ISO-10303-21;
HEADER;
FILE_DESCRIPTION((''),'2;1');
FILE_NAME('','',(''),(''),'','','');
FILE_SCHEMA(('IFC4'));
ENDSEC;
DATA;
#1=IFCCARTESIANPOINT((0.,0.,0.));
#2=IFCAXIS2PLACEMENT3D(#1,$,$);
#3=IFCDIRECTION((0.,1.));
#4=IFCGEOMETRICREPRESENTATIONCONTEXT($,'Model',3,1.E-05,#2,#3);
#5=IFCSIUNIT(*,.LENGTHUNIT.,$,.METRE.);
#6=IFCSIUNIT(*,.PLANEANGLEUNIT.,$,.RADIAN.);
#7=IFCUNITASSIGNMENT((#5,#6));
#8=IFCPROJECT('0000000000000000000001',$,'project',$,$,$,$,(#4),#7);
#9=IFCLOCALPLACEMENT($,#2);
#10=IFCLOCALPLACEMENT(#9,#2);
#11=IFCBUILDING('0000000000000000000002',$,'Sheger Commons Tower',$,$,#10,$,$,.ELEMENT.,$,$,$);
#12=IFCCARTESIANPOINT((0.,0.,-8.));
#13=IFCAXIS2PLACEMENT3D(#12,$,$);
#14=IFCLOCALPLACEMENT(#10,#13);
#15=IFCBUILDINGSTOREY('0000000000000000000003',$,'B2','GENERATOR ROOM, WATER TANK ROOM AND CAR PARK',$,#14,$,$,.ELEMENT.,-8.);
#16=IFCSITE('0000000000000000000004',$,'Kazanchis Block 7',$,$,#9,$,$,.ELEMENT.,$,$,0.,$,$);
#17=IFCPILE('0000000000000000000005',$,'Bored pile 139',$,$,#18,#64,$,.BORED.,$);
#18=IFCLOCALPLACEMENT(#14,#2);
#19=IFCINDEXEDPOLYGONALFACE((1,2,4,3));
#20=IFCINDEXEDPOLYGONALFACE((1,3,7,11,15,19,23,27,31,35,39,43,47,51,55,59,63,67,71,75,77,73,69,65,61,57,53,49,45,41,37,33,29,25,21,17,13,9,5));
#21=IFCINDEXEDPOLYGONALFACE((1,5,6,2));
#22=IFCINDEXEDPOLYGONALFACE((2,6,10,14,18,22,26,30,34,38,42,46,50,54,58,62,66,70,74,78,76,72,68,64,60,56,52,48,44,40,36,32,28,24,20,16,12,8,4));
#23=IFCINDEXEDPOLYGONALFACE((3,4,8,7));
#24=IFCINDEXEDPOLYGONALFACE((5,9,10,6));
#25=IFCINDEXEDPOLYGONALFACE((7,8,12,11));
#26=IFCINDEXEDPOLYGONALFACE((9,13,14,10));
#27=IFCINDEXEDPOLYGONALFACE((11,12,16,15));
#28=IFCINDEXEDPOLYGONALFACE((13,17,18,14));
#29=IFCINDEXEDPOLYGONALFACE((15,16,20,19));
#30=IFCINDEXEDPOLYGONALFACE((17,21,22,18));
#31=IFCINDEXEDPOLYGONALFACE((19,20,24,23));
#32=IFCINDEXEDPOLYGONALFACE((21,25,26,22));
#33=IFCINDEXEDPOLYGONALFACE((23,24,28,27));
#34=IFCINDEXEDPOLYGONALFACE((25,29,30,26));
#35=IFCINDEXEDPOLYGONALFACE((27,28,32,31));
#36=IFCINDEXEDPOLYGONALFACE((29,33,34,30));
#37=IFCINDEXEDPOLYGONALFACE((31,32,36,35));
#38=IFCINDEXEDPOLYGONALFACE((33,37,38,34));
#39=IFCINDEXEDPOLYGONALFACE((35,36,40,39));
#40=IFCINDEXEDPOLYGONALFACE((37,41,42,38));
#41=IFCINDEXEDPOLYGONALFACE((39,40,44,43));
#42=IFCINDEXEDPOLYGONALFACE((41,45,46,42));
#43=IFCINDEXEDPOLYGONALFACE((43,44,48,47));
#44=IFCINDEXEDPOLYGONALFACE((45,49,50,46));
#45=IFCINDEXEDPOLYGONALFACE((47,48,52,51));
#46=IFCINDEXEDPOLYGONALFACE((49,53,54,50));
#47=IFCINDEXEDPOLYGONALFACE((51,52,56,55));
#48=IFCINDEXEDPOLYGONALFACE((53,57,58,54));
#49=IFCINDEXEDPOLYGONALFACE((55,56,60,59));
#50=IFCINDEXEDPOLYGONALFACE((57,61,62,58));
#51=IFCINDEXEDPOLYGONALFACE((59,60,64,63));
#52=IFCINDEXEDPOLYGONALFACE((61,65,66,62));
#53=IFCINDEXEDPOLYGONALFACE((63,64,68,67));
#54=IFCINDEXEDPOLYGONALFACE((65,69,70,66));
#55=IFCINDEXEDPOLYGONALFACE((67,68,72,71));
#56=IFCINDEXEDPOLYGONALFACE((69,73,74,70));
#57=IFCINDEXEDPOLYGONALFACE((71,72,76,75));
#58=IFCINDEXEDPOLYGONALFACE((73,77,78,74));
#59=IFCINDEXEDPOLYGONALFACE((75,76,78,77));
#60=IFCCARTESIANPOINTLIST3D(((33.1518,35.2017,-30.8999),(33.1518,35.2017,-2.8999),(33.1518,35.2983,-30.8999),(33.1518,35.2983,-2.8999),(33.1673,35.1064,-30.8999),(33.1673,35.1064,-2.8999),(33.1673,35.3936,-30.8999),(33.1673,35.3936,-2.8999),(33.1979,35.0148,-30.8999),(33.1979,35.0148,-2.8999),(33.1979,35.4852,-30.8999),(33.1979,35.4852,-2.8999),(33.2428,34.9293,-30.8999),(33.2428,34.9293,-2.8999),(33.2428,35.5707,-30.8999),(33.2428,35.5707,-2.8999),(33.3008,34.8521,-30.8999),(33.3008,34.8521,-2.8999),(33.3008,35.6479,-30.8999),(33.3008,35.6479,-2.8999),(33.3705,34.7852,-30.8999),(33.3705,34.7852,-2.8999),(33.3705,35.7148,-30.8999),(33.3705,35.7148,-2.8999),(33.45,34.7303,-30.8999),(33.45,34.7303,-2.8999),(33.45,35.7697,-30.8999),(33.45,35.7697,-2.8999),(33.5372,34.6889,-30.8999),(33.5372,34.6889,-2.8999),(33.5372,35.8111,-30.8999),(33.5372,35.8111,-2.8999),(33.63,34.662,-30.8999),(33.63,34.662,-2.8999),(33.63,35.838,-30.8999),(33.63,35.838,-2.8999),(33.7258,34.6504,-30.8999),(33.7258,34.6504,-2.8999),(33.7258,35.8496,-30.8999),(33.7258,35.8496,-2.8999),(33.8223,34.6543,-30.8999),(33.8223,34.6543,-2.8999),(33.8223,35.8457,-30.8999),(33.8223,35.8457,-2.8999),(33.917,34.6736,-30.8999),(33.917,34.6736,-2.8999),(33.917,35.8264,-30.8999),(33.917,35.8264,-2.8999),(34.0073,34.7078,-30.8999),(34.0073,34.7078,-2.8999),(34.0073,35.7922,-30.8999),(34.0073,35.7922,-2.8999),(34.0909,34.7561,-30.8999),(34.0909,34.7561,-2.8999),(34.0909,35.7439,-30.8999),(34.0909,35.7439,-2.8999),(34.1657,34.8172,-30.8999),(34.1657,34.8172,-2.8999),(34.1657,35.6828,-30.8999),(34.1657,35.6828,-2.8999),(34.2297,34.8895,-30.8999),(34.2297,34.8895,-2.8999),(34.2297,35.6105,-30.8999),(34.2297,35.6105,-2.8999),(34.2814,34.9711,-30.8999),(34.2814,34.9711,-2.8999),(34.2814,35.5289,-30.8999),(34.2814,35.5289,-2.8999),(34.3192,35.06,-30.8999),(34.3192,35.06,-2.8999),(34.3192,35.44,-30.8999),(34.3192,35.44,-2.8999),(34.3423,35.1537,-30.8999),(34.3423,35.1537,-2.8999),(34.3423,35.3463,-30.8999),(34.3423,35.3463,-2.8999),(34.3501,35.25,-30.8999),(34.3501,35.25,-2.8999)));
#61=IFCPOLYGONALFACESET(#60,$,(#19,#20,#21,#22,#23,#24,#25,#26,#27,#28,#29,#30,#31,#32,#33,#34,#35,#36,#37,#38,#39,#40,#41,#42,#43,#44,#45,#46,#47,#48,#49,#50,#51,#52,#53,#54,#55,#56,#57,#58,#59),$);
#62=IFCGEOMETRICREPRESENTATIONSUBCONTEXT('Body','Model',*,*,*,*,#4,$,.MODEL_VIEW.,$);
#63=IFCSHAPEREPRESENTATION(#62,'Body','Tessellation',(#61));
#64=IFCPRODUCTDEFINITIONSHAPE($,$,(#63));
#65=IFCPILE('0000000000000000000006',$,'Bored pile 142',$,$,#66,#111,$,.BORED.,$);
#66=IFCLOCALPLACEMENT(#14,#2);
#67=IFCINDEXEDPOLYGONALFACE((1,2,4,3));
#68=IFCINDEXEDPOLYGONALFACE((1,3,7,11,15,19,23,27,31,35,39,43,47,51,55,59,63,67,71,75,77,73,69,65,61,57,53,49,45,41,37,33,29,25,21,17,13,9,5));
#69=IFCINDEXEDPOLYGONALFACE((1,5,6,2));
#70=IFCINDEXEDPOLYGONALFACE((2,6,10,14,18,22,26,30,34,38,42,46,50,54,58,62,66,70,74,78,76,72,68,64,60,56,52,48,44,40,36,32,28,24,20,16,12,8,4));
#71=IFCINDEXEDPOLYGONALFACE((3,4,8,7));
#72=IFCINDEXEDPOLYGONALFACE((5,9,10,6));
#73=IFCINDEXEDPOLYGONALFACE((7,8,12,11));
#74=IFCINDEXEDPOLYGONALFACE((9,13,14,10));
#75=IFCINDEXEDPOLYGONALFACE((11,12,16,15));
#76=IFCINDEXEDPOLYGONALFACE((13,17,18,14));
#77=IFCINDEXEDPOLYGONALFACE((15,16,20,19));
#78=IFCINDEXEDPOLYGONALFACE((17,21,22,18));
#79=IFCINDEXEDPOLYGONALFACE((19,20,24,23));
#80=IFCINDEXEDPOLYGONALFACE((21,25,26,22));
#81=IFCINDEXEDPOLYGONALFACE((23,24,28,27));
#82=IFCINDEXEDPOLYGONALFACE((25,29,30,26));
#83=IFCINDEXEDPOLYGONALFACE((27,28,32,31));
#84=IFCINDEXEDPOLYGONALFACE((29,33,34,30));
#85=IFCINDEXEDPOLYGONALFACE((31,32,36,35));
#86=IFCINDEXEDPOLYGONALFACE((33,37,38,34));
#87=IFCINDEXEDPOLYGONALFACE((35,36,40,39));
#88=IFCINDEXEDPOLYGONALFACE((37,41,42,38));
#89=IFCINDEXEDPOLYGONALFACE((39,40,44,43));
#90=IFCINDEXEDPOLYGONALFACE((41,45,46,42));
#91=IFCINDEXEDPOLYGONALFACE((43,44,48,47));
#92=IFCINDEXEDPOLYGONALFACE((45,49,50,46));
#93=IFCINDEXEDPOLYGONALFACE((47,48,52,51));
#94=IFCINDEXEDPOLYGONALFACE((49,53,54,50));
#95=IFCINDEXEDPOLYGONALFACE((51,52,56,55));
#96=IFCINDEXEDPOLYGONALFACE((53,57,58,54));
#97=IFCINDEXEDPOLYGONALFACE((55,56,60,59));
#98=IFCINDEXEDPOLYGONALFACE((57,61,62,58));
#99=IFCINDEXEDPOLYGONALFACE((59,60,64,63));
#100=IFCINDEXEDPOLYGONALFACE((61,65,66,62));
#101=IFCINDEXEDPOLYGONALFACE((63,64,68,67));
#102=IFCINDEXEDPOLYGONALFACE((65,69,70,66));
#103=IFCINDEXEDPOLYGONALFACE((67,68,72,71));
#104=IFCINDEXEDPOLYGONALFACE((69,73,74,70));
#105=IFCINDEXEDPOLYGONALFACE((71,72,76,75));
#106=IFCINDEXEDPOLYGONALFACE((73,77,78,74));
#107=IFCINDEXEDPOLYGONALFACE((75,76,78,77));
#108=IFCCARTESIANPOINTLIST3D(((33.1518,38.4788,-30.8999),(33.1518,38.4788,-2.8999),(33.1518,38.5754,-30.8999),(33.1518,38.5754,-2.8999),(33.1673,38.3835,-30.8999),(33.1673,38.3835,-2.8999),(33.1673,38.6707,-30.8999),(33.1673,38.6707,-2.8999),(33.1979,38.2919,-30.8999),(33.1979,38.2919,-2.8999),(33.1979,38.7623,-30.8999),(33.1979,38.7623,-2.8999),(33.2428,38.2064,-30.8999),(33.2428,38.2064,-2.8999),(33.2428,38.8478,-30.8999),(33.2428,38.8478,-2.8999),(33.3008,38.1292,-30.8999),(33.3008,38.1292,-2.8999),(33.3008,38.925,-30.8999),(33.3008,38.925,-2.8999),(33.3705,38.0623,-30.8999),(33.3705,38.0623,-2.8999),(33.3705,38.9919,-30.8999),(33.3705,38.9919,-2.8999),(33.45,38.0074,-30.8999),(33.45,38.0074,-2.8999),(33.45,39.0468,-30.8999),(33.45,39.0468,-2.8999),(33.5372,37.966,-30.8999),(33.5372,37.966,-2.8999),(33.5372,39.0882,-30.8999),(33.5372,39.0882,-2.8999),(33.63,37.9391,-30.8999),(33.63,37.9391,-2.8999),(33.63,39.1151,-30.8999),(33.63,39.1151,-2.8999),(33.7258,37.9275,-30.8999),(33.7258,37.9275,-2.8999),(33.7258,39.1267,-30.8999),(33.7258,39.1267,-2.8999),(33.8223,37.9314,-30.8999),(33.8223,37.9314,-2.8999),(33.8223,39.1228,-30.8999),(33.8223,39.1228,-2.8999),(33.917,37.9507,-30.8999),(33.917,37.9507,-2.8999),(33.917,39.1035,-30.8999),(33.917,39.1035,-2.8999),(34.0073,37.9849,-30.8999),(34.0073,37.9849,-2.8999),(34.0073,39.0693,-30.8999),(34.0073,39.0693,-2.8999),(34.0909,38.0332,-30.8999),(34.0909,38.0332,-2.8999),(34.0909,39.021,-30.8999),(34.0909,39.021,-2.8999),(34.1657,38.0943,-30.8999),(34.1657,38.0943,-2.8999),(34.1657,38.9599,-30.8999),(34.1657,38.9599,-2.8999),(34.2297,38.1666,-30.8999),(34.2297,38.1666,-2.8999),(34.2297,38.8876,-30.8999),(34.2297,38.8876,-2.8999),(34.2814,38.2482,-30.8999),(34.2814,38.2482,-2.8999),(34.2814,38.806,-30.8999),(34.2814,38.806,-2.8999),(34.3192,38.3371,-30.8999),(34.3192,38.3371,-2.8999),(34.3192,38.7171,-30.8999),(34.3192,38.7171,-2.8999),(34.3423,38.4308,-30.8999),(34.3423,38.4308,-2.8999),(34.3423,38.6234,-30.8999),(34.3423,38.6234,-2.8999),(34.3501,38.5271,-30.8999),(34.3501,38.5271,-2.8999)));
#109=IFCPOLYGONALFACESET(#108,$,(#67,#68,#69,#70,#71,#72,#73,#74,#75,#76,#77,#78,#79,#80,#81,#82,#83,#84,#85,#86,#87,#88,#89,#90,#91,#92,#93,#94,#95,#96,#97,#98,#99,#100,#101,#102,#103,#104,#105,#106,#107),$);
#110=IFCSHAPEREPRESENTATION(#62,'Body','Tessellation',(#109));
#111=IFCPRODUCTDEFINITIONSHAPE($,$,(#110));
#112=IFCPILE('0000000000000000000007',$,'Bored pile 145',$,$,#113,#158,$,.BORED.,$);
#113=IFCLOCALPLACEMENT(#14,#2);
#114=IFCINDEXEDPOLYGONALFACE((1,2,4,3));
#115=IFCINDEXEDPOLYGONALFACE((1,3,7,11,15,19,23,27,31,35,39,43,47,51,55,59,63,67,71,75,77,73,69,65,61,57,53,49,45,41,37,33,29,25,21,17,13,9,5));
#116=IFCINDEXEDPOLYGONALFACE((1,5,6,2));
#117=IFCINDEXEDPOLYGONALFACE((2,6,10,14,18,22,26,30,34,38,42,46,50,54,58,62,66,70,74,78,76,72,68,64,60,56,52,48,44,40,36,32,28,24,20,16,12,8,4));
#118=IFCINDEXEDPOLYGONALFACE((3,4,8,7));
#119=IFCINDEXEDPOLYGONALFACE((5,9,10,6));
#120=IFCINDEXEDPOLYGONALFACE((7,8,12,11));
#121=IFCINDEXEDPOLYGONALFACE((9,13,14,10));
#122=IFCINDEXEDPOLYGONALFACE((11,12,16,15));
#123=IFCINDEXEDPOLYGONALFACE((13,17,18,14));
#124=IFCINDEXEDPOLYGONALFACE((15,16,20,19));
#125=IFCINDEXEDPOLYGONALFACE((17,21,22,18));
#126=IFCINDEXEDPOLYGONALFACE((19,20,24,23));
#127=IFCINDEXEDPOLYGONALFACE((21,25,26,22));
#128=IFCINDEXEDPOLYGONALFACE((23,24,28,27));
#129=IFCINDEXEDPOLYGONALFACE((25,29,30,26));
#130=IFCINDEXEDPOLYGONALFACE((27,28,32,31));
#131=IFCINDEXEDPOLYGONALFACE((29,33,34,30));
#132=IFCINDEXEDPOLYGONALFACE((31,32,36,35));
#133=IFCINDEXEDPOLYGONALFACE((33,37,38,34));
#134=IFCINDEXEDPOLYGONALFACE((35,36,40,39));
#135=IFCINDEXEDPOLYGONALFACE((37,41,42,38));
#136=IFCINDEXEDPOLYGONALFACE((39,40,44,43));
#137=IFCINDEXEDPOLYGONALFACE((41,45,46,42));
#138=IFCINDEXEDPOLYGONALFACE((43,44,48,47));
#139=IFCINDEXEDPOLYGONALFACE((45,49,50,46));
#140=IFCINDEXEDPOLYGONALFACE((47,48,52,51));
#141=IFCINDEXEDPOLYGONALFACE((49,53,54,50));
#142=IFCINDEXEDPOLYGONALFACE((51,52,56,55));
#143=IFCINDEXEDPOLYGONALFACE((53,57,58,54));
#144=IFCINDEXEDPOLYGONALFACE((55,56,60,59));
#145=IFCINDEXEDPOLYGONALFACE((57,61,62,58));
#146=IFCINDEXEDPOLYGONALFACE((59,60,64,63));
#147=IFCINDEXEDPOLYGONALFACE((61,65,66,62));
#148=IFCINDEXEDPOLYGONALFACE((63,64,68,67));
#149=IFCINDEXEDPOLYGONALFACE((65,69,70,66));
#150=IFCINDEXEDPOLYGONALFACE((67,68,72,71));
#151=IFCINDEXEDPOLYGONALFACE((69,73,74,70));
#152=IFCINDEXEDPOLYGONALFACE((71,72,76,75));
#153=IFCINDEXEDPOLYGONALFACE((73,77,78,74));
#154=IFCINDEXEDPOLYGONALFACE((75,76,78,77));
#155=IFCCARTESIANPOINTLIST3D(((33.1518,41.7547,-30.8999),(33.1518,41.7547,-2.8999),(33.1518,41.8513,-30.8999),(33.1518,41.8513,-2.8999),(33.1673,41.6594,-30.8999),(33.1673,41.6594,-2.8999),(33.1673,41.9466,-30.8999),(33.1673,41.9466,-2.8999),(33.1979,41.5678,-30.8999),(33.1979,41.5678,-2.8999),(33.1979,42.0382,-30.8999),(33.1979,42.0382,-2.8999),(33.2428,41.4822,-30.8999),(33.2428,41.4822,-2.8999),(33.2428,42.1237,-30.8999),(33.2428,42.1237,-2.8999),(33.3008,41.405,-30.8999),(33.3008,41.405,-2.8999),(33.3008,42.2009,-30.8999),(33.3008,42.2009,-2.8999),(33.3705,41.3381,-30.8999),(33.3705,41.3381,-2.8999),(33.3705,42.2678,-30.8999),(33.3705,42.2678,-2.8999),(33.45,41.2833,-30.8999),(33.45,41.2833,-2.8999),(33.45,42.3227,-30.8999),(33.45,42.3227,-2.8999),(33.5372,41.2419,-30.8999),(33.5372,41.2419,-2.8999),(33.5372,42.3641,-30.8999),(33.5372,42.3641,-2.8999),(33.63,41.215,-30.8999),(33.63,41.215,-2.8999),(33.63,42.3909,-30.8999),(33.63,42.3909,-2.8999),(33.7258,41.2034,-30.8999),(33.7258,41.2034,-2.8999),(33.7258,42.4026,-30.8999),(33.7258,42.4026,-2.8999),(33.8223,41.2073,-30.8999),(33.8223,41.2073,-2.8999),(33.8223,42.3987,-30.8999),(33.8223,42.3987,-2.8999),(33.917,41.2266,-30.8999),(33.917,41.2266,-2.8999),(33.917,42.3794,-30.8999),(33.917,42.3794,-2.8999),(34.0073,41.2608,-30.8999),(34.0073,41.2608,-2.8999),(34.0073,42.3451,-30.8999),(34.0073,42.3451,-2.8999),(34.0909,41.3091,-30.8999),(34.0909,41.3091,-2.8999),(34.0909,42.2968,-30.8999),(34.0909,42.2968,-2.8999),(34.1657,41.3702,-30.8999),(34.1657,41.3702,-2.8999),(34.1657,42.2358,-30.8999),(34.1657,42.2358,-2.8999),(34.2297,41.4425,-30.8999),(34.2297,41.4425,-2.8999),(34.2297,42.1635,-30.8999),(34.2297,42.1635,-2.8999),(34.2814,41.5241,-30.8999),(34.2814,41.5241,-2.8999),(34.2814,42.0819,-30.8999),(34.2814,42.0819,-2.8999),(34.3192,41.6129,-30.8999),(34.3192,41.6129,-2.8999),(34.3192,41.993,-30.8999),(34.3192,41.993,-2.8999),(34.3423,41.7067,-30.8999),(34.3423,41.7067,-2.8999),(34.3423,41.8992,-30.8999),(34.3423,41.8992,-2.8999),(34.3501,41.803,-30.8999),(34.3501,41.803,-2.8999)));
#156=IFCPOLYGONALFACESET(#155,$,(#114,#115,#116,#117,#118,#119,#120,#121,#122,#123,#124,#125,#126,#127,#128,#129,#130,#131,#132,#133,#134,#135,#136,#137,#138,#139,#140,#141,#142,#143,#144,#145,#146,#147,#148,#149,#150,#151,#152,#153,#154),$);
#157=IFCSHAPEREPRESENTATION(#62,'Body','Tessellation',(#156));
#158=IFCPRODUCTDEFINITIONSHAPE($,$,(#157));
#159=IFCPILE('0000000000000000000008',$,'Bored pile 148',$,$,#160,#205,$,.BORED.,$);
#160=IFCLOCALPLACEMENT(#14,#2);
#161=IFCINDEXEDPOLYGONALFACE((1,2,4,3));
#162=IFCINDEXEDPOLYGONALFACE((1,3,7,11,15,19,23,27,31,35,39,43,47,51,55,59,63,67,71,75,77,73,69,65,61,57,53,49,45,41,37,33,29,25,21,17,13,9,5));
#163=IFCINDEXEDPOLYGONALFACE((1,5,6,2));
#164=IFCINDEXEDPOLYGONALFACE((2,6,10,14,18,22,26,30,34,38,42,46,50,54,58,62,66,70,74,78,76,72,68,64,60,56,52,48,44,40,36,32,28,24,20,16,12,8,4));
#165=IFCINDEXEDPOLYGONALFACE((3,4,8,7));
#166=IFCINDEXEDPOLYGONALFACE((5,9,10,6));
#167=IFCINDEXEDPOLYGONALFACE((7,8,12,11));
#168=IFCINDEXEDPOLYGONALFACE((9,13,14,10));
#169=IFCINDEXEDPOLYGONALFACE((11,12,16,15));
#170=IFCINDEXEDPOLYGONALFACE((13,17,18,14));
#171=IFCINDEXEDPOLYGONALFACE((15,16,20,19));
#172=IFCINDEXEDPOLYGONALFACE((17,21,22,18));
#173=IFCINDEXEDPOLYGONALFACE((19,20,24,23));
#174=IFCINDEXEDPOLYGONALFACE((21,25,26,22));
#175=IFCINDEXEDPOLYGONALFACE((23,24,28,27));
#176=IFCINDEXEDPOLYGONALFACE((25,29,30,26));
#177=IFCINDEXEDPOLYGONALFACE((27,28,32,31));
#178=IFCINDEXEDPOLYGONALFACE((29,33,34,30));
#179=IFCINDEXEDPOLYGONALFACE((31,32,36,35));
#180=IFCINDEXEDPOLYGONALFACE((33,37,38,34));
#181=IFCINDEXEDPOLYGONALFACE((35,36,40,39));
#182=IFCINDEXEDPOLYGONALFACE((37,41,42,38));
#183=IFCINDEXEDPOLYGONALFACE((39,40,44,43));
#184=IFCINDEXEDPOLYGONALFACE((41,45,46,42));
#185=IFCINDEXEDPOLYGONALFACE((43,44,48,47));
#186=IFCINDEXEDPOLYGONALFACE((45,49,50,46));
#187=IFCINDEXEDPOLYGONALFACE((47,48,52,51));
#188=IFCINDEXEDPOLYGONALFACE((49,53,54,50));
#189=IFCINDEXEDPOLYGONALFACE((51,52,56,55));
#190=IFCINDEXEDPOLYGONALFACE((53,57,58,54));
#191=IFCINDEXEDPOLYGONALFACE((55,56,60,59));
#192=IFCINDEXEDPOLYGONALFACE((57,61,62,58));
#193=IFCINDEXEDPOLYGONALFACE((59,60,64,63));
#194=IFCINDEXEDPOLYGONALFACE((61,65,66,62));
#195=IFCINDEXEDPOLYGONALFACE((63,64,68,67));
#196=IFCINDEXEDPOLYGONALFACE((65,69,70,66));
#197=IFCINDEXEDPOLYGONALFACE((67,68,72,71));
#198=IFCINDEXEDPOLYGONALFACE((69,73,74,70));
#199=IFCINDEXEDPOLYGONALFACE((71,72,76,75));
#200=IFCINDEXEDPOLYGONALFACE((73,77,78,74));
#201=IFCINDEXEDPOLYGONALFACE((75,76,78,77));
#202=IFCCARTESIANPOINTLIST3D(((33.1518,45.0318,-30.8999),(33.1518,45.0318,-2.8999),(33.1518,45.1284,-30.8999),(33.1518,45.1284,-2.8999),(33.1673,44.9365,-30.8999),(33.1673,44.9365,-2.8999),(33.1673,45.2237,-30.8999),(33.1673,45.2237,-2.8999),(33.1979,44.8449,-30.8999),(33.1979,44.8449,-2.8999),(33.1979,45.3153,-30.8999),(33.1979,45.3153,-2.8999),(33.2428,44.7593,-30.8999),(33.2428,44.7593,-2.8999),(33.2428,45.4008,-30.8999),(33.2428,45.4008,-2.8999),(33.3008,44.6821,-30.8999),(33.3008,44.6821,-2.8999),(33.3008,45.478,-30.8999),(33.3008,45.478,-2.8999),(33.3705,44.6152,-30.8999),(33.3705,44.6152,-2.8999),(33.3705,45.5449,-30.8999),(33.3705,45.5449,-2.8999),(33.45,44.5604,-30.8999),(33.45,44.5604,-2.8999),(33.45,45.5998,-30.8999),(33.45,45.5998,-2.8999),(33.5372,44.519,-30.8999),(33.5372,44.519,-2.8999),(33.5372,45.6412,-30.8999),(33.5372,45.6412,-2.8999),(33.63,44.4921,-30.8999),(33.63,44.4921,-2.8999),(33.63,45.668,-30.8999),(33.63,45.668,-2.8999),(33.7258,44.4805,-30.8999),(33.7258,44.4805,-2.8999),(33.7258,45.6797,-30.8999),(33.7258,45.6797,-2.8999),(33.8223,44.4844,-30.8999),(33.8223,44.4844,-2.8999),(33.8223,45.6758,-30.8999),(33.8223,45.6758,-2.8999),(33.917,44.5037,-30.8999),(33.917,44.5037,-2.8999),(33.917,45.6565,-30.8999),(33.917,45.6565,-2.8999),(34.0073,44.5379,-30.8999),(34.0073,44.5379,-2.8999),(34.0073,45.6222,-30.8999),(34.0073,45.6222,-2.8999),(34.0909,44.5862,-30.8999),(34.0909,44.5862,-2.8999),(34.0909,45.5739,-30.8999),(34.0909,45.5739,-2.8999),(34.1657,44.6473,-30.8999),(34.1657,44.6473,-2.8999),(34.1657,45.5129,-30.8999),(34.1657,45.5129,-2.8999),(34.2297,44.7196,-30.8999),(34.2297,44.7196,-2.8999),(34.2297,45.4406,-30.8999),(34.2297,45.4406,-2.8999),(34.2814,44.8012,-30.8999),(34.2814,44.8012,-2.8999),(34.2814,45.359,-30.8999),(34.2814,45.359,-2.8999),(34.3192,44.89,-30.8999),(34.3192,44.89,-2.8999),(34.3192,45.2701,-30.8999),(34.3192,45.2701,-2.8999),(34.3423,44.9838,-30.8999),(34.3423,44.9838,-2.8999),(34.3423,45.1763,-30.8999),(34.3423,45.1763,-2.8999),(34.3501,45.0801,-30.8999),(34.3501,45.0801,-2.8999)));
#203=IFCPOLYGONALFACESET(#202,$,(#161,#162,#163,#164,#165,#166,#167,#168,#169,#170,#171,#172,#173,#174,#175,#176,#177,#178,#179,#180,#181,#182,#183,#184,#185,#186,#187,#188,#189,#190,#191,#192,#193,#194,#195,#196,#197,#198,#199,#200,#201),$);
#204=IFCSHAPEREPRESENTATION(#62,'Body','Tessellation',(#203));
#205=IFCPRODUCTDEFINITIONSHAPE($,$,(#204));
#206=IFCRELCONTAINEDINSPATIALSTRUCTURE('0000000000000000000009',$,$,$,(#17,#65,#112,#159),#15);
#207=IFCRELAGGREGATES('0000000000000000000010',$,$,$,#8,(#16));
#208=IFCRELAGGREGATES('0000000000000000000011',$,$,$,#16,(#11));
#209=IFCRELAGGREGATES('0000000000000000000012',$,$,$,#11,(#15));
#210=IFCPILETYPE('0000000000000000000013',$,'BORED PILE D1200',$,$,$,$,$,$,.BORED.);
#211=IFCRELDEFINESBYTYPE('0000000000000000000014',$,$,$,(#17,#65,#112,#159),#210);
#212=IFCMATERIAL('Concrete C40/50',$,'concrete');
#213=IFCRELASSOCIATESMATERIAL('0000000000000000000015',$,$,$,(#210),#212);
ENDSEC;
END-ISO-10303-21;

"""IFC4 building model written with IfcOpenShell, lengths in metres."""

from ifc_helpers import new_model, si_unit, direction, frame, origin, origin_2d, place, context, subcontext, project, spatial, circle, extrude, material, material_profile, profile_set, type_object, element, save


model = new_model("IFC4")

# Units and contexts
model_context = context("Model", 3, precision=1e-05, world=origin(), true_north=direction((0.0, 1.0)))
body_context = subcontext(model_context, "Body", "Model", "MODEL_VIEW")
ifc_project = project(units=[si_unit("LENGTHUNIT", "METRE"), si_unit("PLANEANGLEUNIT", "RADIAN")], contexts=[model_context])

# Site, building, storey
site_placement = place(None, origin())
site = spatial("IfcSite", under=ifc_project, at=site_placement, Name="Kazanchis Block 7", CompositionType="ELEMENT", RefElevation=0.0)
building_placement = place(site_placement, origin())
building = spatial("IfcBuilding", under=site, at=building_placement, Name="Sheger Commons Tower", CompositionType="ELEMENT")
storey_placement = place(building_placement, frame((0.0, 0.0, -8.0)))
storey = spatial("IfcBuildingStorey", under=building, at=storey_placement, Name="B2", Description="GENERATOR ROOM, WATER TANK ROOM AND CAR PARK", CompositionType="ELEMENT", Elevation=-8.0)

# Piles
ifc_material_1 = material(Name="Concrete C40/50", Category="concrete")
ifc_material_profile_1 = material_profile(ifc_material_1, circle(Radius=0.6001, at=origin_2d()), Name="PILE D1200")
ifc_profile_set_1 = profile_set([ifc_material_profile_1], Name="Concrete C40/50")
pile_type_1 = type_object("IfcPileType", Name="BORED PILE D1200", PredefinedType="BORED", material=ifc_profile_set_1)
for number, where, z_axis, x_axis, name in (
    (1, (33.75, 35.25, -2.8999), (0.0, 0.0, -1.0), (1.0, 0.0, 0.0), "Bored pile 139"),
    (2, (33.75, 38.5271, -2.8999), (0.0, 0.0, -1.0), (1.0, 0.0, 0.0), "Bored pile 142"),
    (3, (33.75, 41.803, -2.8999), (0.0, 0.0, -1.0), (1.0, 0.0, 0.0), "Bored pile 145"),
    (4, (33.75, 45.0801, -2.8999), (0.0, 0.0, -1.0), (1.0, 0.0, 0.0), "Bored pile 148"),
):
    element("IfcPile", number, at=place(storey_placement, frame(where, z_axis=z_axis, x_axis=x_axis)), inside=storey, type_object=pile_type_1, Name=name, PredefinedType="BORED", context=body_context, shape_type="SweptSolid", body=[
        extrude(circle(Radius=0.6001, at=origin_2d()), origin(), (0.0, 0.0, 1.0), 28.0),
    ])

save(model, "model.ifc")
